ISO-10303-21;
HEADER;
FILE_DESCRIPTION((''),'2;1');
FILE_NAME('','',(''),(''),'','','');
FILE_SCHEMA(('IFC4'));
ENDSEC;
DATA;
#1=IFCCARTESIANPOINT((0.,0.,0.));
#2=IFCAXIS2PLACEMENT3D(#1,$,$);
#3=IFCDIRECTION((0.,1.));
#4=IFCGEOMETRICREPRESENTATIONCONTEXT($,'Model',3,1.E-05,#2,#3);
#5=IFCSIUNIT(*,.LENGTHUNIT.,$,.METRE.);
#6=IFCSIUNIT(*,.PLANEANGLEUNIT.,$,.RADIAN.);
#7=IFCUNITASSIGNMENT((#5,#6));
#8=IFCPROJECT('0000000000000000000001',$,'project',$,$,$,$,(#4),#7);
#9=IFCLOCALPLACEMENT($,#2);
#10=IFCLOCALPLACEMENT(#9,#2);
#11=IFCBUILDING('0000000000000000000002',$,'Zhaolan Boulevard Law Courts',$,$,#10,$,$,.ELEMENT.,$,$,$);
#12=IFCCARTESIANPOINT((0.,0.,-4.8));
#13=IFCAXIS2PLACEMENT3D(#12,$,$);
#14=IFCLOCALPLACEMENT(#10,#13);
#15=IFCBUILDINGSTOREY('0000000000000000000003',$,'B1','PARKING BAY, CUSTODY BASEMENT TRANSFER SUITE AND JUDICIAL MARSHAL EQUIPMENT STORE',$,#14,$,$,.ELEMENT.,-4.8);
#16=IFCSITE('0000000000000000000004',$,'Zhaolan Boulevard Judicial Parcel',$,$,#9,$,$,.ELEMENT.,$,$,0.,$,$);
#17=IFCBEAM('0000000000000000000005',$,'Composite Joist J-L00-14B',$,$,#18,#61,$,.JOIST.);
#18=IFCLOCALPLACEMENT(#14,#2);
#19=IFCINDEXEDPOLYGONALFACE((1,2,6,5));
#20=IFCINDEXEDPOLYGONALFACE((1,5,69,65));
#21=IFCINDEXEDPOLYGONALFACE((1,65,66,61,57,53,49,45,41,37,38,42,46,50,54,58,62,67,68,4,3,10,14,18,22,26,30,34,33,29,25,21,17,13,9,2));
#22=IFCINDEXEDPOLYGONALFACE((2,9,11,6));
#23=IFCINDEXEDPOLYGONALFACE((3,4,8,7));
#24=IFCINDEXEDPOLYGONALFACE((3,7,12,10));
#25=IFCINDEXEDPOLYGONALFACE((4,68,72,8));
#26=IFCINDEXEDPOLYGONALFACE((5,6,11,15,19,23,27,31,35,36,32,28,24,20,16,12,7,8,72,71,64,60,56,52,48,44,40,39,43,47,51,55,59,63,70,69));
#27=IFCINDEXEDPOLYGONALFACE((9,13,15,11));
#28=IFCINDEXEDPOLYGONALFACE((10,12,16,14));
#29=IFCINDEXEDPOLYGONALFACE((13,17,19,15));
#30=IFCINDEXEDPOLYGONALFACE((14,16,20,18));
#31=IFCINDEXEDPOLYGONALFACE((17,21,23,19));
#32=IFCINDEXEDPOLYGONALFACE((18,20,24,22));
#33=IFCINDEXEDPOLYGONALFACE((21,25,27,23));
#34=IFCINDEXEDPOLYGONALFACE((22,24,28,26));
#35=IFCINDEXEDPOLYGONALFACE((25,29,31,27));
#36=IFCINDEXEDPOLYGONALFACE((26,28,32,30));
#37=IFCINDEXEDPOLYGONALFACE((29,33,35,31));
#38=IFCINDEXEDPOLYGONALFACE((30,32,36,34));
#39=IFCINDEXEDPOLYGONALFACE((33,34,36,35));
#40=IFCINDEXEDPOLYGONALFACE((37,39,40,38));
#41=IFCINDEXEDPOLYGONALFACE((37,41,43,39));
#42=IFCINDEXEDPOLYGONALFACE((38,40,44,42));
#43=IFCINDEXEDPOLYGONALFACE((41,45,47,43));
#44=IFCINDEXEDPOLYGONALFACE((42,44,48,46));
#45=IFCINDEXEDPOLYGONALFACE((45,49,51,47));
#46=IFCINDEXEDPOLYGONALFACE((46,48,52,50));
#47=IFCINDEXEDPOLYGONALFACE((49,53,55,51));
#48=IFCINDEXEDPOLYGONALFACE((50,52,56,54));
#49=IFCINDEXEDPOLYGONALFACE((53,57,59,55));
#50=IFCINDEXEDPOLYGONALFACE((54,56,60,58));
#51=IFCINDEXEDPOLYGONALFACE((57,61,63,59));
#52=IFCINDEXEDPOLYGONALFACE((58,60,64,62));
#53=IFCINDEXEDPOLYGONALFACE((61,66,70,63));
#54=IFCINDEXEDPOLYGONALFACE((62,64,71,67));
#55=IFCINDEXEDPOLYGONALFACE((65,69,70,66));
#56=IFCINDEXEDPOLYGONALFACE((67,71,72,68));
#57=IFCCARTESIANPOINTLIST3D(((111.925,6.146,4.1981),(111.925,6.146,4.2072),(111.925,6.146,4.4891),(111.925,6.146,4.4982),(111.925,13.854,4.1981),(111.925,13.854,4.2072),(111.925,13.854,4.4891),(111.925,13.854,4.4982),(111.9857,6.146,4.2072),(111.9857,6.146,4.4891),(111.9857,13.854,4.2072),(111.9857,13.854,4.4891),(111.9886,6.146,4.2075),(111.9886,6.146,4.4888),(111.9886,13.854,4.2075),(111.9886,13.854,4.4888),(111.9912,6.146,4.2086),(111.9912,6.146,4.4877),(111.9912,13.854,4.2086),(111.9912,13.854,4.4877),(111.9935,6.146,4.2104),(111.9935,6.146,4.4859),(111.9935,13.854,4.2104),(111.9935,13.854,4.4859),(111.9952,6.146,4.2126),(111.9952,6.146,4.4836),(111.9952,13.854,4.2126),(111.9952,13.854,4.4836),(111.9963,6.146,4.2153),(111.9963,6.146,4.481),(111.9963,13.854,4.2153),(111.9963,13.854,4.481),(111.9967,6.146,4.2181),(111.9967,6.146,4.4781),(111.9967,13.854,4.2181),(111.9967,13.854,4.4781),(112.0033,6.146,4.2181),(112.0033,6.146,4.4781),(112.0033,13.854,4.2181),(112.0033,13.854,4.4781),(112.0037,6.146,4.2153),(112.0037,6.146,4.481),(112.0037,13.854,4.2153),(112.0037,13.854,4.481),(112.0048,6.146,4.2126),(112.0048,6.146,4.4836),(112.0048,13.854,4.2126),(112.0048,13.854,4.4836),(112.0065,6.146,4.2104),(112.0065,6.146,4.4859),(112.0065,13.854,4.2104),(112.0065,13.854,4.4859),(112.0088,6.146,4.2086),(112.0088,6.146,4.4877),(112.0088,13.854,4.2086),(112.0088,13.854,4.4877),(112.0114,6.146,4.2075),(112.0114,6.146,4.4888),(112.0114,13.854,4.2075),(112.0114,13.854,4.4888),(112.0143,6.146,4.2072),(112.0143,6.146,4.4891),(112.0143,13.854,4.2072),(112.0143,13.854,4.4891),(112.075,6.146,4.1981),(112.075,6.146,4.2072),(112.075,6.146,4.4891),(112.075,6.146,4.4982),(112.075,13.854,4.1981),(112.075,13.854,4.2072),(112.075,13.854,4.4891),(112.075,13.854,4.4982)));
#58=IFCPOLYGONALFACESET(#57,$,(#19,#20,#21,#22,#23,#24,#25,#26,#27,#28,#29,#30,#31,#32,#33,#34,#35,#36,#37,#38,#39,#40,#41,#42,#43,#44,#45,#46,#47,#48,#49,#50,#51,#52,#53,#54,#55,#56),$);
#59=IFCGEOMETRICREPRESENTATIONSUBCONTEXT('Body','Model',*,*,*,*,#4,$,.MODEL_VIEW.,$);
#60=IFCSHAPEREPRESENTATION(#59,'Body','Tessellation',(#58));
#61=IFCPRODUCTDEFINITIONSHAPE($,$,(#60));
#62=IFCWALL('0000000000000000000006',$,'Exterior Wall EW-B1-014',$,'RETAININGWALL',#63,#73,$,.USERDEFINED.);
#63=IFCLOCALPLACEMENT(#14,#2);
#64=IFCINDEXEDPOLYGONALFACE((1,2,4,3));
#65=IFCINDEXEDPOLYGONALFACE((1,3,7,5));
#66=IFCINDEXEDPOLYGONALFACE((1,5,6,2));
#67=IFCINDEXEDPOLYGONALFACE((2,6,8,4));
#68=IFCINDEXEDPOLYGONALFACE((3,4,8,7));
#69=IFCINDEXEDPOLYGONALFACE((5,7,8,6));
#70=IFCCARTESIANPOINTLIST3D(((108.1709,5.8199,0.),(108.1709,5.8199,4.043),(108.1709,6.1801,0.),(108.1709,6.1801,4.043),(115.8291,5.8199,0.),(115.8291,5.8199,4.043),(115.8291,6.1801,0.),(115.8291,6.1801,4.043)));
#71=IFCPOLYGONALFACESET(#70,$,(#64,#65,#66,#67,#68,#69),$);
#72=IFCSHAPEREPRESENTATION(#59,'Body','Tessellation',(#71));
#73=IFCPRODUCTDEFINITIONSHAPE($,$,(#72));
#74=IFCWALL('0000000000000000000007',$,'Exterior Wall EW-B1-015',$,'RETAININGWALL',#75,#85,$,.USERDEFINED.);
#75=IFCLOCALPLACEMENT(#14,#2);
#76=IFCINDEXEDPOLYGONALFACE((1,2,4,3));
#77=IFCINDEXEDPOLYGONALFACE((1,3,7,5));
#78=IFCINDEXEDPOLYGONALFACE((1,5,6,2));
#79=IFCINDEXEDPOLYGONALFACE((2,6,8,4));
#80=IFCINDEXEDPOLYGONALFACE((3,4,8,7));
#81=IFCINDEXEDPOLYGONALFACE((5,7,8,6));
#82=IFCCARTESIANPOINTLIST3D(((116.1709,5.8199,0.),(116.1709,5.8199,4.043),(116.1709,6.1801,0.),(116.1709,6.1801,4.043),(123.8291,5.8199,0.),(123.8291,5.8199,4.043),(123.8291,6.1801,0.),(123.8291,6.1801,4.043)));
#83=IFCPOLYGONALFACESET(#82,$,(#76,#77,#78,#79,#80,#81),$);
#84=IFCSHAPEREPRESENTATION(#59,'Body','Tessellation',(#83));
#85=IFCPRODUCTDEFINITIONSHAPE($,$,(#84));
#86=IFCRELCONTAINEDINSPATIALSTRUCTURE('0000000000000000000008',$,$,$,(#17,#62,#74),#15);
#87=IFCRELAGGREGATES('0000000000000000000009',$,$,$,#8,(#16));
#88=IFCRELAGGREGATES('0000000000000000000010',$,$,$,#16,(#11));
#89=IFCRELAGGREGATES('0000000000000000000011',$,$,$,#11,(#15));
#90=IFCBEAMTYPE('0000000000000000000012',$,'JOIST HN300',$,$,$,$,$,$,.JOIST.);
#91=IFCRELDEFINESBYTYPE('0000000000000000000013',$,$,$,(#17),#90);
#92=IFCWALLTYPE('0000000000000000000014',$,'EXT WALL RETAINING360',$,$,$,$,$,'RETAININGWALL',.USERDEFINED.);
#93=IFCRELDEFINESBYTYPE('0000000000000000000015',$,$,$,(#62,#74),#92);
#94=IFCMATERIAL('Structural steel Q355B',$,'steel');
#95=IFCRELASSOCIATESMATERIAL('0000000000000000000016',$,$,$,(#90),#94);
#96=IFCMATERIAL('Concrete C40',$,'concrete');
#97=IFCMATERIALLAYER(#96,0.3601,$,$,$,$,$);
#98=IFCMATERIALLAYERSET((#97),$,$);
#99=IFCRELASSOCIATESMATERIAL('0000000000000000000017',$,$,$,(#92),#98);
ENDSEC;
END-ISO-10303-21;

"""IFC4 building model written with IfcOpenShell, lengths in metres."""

from ifc_helpers import new_model, si_unit, direction, frame, frame_2d, origin, origin_2d, place, context, subcontext, project, spatial, rectangle, i_section, extrude, material, layer, layer_set, material_profile, profile_set, type_object, element, save


model = new_model("IFC4")

# Units and contexts
model_context = context("Model", 3, precision=1e-05, world=origin(), true_north=direction((0.0, 1.0)))
body_context = subcontext(model_context, "Body", "Model", "MODEL_VIEW")
ifc_project = project(units=[si_unit("LENGTHUNIT", "METRE"), si_unit("PLANEANGLEUNIT", "RADIAN")], contexts=[model_context])

# Site, building, storey
site_placement = place(None, origin())
site = spatial("IfcSite", under=ifc_project, at=site_placement, Name="Zhaolan Boulevard Judicial Parcel", CompositionType="ELEMENT", RefElevation=0.0)
building_placement = place(site_placement, origin())
building = spatial("IfcBuilding", under=site, at=building_placement, Name="Zhaolan Boulevard Law Courts", CompositionType="ELEMENT")
storey_placement = place(building_placement, frame((0.0, 0.0, -4.8)))
storey = spatial("IfcBuildingStorey", under=building, at=storey_placement, Name="B1", Description="PARKING BAY, CUSTODY BASEMENT TRANSFER SUITE AND JUDICIAL MARSHAL EQUIPMENT STORE", CompositionType="ELEMENT", Elevation=-4.8)

# Beam
ifc_material_1 = material(Name="Structural steel Q355B", Category="steel")
ifc_material_profile_1 = material_profile(ifc_material_1, i_section(OverallWidth=0.1499, OverallDepth=0.3, WebThickness=0.0066, FlangeThickness=0.009, FilletRadius=0.011, at=origin_2d()), Name="HN300x150")
ifc_profile_set_1 = profile_set([ifc_material_profile_1], Name="Structural steel Q355B")
beam_type_1 = type_object("IfcBeamType", Name="JOIST HN300", PredefinedType="JOIST", material=ifc_profile_set_1)
beam_1_placement = place(storey_placement, frame((112.0, 6.146, 4.3481), z_axis=(0.0, 1.0, 0.0), x_axis=(-1.0, 0.0, 0.0)))
element("IfcBeam", 1, at=beam_1_placement, inside=storey, type_object=beam_type_1, Name="Composite Joist J-L00-14B", PredefinedType="JOIST", context=body_context, shape_type="SweptSolid", body=[
    extrude(i_section(OverallWidth=0.1499, OverallDepth=0.3, WebThickness=0.0066, FlangeThickness=0.009, FilletRadius=0.011, at=origin_2d()), origin(), (0.0, 0.0, 1.0), 7.708),
])

# Walls
ifc_material_2 = material(Name="Concrete C40", Category="concrete")
ifc_layer = layer(ifc_material_2, 0.3601)
ifc_layer_set = layer_set([ifc_layer])
wall_type = type_object("IfcWallType", Name="EXT WALL RETAINING360", ElementType="RETAININGWALL", PredefinedType="USERDEFINED", material=ifc_layer_set)
for number, where, z_axis, x_axis, name in (
    (2, (108.1709, 6.0, 0.0), (0.0, 0.0, 1.0), (1.0, 0.0, 0.0), "Exterior Wall EW-B1-014"),
    (3, (116.1709, 6.0, 0.0), (0.0, 0.0, 1.0), (1.0, 0.0, 0.0), "Exterior Wall EW-B1-015"),
):
    element("IfcWall", number, at=place(storey_placement, frame(where, z_axis=z_axis, x_axis=x_axis)), inside=storey, type_object=wall_type, Name=name, ObjectType="RETAININGWALL", PredefinedType="USERDEFINED", context=body_context, shape_type="SweptSolid", body=[
        extrude(rectangle(XDim=7.6582, YDim=0.3601, at=frame_2d((3.8291, 0.0))), origin(), (0.0, 0.0, 1.0), 4.043),
    ])

save(model, "model.ifc")
